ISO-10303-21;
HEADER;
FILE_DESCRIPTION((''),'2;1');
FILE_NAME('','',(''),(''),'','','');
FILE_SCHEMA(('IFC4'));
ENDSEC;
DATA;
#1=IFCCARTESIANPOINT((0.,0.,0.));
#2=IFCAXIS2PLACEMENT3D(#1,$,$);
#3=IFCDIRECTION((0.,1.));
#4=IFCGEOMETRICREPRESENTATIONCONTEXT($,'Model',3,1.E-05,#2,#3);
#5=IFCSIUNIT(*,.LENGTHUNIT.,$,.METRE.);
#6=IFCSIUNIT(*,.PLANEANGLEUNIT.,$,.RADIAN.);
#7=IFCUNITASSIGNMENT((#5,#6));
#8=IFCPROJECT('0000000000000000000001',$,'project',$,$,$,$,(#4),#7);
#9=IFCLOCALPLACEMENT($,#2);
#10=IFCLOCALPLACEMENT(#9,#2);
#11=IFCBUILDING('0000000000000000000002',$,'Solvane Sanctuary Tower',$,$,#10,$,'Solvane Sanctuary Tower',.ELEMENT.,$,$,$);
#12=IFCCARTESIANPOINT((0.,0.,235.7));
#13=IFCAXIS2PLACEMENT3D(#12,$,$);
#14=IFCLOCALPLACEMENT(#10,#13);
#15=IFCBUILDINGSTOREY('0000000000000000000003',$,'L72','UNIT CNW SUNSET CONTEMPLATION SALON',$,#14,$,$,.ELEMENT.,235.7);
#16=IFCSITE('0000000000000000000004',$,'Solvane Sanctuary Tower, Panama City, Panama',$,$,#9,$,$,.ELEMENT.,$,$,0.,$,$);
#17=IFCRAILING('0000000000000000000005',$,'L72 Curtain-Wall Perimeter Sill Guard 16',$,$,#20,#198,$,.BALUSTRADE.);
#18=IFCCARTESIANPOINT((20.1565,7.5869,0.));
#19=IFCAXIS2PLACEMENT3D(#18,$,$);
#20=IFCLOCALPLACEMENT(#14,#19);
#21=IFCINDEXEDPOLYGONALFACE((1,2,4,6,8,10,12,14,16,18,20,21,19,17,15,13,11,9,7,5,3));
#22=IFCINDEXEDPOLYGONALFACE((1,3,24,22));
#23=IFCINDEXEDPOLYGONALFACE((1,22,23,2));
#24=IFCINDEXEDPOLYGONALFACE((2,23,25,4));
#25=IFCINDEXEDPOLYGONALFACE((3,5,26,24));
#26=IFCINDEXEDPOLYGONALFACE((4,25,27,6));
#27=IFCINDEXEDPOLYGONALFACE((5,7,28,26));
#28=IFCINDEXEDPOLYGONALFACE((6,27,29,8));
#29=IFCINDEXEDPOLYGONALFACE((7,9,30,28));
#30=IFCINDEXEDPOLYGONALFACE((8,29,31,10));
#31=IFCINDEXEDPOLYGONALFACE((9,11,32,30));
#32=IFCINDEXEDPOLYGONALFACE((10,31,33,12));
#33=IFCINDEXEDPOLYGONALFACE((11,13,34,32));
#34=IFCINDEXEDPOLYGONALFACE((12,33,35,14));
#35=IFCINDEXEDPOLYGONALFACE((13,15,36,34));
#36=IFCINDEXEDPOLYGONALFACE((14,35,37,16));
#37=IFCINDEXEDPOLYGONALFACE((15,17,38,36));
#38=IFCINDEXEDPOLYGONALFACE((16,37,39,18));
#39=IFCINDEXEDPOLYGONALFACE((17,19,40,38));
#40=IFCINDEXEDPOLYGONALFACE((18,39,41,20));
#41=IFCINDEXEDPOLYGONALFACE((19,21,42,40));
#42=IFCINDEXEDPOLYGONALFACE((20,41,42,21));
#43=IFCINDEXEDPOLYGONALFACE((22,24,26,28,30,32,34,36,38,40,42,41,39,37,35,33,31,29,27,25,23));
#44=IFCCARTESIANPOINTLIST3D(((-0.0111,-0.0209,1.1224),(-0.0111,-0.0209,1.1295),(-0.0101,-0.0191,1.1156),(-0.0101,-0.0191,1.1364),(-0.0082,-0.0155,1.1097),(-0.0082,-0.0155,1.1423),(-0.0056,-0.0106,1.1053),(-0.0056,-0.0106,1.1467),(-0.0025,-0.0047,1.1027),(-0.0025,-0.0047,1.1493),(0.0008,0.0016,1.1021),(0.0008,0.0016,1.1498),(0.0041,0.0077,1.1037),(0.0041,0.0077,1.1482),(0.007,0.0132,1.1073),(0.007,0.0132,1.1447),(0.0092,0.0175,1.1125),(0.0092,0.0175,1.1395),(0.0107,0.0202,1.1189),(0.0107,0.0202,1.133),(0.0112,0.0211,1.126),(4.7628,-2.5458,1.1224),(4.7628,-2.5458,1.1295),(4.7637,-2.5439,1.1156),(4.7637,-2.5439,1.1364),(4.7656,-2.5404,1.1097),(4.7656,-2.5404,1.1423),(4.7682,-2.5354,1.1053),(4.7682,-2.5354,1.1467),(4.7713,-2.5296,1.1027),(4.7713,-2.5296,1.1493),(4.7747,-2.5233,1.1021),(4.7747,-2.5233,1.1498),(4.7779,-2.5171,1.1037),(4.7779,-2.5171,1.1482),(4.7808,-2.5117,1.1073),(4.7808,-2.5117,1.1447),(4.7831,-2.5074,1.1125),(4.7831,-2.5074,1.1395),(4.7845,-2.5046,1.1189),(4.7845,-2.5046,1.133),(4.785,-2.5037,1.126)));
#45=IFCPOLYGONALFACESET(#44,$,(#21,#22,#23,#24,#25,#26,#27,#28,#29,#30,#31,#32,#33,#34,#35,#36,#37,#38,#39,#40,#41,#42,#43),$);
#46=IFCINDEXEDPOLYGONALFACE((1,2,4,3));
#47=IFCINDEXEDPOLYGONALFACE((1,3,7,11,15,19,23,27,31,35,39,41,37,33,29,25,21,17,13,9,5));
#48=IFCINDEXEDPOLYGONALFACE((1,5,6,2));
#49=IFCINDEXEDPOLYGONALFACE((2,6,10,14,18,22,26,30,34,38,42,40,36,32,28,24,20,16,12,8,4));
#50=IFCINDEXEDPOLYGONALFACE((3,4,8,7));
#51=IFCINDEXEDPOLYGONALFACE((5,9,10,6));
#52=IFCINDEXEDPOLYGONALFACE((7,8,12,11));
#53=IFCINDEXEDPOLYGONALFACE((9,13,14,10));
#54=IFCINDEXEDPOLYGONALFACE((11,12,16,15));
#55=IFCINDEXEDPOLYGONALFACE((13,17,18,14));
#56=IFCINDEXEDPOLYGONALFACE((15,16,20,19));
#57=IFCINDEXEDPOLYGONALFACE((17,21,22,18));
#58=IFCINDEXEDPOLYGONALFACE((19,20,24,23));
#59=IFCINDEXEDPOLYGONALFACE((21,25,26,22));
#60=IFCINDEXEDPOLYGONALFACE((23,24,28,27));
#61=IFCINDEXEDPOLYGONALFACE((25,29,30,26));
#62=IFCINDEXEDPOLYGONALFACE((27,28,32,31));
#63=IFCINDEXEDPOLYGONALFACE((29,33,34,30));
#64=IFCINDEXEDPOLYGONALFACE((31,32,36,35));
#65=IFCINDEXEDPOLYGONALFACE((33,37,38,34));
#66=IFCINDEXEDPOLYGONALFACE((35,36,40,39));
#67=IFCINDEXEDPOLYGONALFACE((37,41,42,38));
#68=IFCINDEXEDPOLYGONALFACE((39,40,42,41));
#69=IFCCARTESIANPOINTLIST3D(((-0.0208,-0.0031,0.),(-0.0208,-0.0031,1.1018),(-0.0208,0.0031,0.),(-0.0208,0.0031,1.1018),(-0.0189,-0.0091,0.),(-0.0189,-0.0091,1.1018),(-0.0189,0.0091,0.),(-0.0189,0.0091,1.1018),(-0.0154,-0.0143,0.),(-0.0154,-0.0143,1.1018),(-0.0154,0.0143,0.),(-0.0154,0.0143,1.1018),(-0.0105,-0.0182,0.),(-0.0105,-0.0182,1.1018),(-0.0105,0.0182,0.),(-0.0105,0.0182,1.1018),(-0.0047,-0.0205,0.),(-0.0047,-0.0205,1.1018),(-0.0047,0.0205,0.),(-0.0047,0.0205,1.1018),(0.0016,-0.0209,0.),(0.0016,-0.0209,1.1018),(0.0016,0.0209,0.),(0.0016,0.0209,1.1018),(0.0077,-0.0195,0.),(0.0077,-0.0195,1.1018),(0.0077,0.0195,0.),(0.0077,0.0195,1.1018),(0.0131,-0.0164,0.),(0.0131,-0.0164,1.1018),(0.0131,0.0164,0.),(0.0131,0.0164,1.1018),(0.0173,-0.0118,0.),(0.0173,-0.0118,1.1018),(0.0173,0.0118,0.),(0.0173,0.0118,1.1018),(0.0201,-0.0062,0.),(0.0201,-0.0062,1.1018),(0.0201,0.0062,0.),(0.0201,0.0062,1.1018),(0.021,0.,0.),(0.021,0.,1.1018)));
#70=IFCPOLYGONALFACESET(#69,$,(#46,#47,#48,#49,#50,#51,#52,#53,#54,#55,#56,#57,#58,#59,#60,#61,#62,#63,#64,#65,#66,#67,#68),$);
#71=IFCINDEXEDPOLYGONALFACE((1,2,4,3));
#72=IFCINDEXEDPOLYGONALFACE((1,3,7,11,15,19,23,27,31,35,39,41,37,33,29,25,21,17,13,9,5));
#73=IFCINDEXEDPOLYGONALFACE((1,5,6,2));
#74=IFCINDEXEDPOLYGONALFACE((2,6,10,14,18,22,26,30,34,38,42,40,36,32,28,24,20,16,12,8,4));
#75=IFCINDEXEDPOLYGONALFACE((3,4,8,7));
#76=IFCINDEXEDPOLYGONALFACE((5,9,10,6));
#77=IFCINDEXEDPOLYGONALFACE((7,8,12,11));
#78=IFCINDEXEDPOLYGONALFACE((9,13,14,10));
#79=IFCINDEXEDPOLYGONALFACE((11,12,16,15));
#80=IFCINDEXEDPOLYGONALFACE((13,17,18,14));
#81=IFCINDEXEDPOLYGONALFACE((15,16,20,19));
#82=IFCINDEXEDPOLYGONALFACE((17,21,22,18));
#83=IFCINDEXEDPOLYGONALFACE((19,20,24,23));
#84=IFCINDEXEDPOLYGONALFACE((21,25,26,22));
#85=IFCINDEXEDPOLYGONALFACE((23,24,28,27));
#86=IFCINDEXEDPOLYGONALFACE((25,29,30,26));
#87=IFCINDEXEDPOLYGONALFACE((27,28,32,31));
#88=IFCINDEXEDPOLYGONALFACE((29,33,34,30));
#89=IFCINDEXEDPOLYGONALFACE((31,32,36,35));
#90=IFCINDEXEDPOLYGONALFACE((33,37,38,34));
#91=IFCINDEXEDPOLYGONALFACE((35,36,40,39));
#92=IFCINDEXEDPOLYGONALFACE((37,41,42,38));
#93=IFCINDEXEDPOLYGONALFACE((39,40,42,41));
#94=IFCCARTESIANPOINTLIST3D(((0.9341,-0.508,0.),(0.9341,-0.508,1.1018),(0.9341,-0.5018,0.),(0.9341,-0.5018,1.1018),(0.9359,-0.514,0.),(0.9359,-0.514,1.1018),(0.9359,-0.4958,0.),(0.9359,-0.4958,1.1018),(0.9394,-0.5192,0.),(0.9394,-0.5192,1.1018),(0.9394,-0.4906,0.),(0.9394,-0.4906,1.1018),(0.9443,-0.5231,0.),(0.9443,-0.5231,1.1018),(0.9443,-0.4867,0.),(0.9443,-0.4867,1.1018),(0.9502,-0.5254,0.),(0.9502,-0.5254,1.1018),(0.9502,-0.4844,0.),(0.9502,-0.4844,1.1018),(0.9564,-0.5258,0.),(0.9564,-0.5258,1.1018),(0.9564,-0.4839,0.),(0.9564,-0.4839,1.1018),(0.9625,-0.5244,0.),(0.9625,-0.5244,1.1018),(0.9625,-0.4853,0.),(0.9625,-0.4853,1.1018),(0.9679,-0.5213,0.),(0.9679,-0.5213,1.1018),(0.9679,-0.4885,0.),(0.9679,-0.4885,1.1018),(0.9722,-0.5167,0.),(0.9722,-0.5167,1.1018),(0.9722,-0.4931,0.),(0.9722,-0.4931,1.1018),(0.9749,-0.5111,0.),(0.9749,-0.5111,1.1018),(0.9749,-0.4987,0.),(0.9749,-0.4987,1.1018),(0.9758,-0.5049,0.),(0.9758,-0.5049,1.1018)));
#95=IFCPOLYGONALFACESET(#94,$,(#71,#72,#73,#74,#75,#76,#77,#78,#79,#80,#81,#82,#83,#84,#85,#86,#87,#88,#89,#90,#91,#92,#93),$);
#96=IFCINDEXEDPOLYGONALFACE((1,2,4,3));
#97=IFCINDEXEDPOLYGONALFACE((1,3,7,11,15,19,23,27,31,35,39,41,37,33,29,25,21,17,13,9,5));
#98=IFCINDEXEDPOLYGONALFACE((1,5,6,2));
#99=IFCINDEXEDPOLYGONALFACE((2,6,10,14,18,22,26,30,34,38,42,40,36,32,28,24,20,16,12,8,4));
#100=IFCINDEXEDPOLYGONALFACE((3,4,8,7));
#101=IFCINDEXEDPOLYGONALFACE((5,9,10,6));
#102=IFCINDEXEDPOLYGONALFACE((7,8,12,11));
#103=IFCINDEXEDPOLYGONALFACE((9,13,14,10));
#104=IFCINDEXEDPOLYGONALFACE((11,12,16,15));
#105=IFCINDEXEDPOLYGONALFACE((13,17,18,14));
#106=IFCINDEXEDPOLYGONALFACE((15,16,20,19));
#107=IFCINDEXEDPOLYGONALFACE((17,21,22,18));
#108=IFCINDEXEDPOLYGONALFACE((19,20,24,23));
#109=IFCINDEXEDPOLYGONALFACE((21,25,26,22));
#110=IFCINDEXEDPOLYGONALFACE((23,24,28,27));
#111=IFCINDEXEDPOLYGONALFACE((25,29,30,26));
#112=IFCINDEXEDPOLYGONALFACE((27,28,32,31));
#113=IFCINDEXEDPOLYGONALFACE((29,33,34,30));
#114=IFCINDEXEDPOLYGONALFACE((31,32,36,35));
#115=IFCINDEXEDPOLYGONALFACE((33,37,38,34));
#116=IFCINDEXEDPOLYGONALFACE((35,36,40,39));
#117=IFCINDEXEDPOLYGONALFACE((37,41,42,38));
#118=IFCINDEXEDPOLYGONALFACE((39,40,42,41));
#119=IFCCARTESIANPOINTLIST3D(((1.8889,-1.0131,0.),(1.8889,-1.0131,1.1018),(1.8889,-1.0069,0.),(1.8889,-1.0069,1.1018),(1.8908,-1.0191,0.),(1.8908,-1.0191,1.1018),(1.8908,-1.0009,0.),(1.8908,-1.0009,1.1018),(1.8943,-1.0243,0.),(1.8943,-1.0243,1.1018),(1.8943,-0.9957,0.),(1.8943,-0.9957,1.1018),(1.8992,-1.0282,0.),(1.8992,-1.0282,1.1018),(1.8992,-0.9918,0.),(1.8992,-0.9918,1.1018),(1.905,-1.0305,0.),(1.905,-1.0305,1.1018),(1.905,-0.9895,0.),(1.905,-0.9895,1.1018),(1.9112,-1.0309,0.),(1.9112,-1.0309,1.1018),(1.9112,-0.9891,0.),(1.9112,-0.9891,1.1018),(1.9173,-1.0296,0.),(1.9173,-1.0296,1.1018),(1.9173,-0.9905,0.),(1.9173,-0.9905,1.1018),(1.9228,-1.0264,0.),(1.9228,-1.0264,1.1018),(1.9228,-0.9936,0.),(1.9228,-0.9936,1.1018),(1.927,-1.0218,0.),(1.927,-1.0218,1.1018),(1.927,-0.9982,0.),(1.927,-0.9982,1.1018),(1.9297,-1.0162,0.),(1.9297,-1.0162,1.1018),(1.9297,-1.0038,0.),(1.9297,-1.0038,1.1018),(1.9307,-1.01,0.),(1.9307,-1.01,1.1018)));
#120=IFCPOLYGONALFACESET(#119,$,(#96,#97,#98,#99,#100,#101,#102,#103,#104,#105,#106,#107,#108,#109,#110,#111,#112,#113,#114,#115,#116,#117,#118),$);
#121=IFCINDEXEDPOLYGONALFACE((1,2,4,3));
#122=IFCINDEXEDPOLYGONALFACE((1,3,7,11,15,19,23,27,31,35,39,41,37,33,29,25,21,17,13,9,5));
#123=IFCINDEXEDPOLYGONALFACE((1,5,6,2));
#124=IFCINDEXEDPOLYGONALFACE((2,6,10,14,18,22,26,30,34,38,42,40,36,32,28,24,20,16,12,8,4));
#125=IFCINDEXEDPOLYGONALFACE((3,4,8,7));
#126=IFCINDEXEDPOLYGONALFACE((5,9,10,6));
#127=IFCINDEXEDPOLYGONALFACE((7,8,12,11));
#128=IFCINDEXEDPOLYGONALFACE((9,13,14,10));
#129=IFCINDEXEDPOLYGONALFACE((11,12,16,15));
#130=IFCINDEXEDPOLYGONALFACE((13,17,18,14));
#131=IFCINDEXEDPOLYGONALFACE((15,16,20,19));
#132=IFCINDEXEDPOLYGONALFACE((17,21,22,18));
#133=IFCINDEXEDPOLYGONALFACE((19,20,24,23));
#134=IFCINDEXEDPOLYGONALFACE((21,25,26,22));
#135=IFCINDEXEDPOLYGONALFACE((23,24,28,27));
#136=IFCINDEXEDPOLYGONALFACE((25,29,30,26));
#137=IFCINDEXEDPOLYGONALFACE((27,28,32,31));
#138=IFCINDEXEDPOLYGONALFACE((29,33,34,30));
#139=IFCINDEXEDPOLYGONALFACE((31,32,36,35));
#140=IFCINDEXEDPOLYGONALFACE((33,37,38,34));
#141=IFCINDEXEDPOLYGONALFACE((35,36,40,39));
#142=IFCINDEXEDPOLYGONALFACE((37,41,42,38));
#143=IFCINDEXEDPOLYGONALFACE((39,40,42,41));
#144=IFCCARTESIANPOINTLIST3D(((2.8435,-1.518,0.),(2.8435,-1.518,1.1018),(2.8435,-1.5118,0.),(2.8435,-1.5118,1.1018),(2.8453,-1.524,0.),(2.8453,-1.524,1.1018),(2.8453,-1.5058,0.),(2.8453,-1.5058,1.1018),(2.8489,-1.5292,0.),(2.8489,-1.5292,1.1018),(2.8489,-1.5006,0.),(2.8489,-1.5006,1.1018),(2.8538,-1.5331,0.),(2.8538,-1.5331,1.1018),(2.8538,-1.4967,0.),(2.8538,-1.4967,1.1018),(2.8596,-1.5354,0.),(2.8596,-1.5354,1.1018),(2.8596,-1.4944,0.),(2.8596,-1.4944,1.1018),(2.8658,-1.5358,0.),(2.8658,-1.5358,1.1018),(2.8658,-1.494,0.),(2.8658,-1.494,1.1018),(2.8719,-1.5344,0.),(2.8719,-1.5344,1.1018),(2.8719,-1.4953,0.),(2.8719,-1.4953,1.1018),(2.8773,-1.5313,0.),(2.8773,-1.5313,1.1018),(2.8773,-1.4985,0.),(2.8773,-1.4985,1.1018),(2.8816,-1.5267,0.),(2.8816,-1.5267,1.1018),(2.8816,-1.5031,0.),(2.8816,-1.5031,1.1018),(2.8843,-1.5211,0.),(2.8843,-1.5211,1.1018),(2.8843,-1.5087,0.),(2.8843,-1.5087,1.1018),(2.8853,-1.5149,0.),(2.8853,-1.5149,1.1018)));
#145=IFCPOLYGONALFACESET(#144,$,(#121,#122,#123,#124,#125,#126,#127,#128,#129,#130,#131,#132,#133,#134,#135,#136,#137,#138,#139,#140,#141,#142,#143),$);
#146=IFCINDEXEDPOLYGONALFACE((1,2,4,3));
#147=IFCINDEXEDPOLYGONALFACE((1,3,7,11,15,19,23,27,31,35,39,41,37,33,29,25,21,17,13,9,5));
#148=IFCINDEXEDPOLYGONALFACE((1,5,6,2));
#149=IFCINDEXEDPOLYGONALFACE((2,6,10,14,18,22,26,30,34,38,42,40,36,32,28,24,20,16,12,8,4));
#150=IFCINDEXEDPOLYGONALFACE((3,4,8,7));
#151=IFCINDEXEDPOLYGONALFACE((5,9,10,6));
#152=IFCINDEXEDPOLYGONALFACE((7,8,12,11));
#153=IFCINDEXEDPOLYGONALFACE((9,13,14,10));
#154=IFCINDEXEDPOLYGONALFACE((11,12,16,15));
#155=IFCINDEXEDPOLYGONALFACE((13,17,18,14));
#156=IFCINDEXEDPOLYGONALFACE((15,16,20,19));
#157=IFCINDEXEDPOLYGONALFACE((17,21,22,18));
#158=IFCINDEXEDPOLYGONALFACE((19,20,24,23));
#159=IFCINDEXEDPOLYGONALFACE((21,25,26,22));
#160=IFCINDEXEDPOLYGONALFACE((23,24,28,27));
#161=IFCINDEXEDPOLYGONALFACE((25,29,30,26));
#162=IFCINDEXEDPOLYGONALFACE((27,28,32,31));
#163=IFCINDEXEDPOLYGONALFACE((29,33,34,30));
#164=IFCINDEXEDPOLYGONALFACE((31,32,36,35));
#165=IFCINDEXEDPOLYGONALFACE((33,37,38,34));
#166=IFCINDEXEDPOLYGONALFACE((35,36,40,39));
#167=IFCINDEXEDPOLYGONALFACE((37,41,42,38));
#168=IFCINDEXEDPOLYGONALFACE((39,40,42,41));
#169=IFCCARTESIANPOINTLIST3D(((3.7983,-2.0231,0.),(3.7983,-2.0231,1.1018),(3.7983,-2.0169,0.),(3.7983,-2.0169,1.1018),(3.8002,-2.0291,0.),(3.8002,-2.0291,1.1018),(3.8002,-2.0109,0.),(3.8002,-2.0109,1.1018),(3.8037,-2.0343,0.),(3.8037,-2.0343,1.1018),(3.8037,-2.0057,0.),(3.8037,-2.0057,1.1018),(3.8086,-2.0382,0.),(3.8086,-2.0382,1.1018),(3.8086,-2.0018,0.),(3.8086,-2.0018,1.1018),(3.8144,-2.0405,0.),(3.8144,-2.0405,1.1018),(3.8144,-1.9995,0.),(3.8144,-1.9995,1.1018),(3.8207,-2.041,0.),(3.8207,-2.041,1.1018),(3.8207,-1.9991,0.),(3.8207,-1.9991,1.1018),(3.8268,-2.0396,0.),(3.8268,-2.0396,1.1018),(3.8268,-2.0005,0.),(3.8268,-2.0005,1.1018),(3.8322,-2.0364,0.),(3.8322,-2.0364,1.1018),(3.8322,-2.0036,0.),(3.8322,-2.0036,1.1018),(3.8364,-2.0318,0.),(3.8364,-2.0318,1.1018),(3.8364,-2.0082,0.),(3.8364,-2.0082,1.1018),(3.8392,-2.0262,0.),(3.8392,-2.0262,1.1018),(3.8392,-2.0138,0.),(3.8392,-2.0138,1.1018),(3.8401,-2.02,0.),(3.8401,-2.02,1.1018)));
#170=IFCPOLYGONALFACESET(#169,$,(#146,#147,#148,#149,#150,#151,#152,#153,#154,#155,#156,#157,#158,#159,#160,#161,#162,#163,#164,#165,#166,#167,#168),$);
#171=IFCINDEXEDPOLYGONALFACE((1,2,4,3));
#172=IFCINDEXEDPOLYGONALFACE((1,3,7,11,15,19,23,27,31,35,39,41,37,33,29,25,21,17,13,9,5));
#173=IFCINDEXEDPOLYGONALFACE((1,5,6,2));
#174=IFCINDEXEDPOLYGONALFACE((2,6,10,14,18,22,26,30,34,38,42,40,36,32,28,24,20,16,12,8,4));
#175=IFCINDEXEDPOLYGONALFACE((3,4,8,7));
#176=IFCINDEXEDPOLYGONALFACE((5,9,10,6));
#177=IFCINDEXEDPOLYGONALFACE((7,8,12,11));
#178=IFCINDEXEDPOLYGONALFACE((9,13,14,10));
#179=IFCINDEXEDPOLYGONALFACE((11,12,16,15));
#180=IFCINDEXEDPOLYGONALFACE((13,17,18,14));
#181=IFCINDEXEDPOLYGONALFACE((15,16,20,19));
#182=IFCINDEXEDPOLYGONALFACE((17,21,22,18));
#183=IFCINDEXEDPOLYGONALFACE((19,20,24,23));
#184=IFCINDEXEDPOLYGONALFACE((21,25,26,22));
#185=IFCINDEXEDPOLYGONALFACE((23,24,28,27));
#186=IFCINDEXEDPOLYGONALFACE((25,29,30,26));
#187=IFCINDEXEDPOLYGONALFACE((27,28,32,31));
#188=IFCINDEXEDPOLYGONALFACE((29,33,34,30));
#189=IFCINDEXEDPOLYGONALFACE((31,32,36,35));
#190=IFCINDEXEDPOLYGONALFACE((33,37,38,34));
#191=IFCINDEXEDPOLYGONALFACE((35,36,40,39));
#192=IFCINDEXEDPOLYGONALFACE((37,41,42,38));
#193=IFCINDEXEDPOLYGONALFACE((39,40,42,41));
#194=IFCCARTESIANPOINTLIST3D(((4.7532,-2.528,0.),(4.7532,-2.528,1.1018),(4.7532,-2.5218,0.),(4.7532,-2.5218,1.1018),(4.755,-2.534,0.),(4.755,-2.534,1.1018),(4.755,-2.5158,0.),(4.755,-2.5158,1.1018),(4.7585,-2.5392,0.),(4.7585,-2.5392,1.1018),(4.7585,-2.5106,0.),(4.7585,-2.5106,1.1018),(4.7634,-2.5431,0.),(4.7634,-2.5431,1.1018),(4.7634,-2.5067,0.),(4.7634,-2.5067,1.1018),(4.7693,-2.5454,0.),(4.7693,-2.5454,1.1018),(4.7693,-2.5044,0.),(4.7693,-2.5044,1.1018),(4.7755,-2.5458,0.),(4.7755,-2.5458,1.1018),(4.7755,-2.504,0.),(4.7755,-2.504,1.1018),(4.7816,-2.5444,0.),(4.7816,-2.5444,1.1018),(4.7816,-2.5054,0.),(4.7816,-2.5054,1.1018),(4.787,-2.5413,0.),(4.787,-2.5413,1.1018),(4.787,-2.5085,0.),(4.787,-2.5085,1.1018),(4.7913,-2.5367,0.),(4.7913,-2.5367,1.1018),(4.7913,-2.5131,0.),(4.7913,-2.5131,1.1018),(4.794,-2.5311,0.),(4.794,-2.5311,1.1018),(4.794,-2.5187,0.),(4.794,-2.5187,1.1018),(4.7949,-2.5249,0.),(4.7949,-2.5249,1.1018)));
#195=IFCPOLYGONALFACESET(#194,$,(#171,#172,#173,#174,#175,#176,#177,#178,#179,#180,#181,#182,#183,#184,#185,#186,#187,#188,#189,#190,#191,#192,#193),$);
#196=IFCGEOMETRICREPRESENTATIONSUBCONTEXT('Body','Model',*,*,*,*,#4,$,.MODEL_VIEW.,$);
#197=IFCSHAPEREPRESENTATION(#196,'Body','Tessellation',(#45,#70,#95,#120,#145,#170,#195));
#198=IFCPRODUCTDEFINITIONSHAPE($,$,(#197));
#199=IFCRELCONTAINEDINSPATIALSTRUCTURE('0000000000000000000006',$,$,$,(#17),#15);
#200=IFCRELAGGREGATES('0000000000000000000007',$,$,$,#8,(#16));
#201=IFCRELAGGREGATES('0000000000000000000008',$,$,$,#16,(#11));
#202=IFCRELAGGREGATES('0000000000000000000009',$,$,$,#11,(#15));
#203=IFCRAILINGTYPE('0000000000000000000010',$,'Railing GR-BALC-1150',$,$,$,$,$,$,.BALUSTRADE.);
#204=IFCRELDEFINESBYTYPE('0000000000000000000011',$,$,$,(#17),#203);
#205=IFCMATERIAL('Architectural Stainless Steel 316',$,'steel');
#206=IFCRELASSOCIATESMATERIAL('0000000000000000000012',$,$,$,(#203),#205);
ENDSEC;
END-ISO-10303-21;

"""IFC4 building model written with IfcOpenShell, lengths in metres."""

from ifc_helpers import new_model, si_unit, direction, frame, origin, origin_2d, place, context, subcontext, project, spatial, circle, extrude, material, type_object, element, save


model = new_model("IFC4")

# Units and contexts
model_context = context("Model", 3, precision=1e-05, world=origin(), true_north=direction((0.0, 1.0)))
body_context = subcontext(model_context, "Body", "Model", "MODEL_VIEW")
ifc_project = project(units=[si_unit("LENGTHUNIT", "METRE"), si_unit("PLANEANGLEUNIT", "RADIAN")], contexts=[model_context])

# Site, building, storey
site_placement = place(None, origin())
site = spatial("IfcSite", under=ifc_project, at=site_placement, Name="Solvane Sanctuary Tower, Panama City, Panama", CompositionType="ELEMENT", RefElevation=0.0)
building_placement = place(site_placement, origin())
building = spatial("IfcBuilding", under=site, at=building_placement, Name="Solvane Sanctuary Tower", LongName="Solvane Sanctuary Tower", CompositionType="ELEMENT")
storey_placement = place(building_placement, frame((0.0, 0.0, 235.7)))
storey = spatial("IfcBuildingStorey", under=building, at=storey_placement, Name="L72", Description="UNIT CNW SUNSET CONTEMPLATION SALON", CompositionType="ELEMENT", Elevation=235.7)

# Shared definitions
ifc_material_1 = material(Name="Architectural Stainless Steel 316", Category="steel")

# Railing
railing_type_1 = type_object("IfcRailingType", Name="Railing GR-BALC-1150", PredefinedType="BALUSTRADE", material=ifc_material_1)
railing_1_placement = place(storey_placement, frame((20.1565, 7.5869, 0.0)))
element("IfcRailing", 1, at=railing_1_placement, inside=storey, type_object=railing_type_1, Name="L72 Curtain-Wall Perimeter Sill Guard 16", PredefinedType="BALUSTRADE", context=body_context, shape_type="SweptSolid", body=[
    extrude(circle(Radius=0.0239, at=origin_2d()), frame((0.0, 0.0, 1.126), z_axis=(0.883977, -0.46753, 0.0), x_axis=(0.46753, 0.883977, 0.0)), (0.0, 0.0, 1.0), 5.4004),
    extrude(circle(Radius=0.021, at=origin_2d()), origin(), (0.0, 0.0, 1.0), 1.1018),
    extrude(circle(Radius=0.021, at=origin_2d()), frame((0.9548, -0.5049, 0.0)), (0.0, 0.0, 1.0), 1.1018),
    extrude(circle(Radius=0.021, at=origin_2d()), frame((1.9097, -1.01, 0.0)), (0.0, 0.0, 1.0), 1.1018),
    extrude(circle(Radius=0.021, at=origin_2d()), frame((2.8643, -1.5149, 0.0)), (0.0, 0.0, 1.0), 1.1018),
    extrude(circle(Radius=0.021, at=origin_2d()), frame((3.8191, -2.02, 0.0)), (0.0, 0.0, 1.0), 1.1018),
    extrude(circle(Radius=0.021, at=origin_2d()), frame((4.7739, -2.5249, 0.0)), (0.0, 0.0, 1.0), 1.1018),
])

save(model, "model.ifc")
